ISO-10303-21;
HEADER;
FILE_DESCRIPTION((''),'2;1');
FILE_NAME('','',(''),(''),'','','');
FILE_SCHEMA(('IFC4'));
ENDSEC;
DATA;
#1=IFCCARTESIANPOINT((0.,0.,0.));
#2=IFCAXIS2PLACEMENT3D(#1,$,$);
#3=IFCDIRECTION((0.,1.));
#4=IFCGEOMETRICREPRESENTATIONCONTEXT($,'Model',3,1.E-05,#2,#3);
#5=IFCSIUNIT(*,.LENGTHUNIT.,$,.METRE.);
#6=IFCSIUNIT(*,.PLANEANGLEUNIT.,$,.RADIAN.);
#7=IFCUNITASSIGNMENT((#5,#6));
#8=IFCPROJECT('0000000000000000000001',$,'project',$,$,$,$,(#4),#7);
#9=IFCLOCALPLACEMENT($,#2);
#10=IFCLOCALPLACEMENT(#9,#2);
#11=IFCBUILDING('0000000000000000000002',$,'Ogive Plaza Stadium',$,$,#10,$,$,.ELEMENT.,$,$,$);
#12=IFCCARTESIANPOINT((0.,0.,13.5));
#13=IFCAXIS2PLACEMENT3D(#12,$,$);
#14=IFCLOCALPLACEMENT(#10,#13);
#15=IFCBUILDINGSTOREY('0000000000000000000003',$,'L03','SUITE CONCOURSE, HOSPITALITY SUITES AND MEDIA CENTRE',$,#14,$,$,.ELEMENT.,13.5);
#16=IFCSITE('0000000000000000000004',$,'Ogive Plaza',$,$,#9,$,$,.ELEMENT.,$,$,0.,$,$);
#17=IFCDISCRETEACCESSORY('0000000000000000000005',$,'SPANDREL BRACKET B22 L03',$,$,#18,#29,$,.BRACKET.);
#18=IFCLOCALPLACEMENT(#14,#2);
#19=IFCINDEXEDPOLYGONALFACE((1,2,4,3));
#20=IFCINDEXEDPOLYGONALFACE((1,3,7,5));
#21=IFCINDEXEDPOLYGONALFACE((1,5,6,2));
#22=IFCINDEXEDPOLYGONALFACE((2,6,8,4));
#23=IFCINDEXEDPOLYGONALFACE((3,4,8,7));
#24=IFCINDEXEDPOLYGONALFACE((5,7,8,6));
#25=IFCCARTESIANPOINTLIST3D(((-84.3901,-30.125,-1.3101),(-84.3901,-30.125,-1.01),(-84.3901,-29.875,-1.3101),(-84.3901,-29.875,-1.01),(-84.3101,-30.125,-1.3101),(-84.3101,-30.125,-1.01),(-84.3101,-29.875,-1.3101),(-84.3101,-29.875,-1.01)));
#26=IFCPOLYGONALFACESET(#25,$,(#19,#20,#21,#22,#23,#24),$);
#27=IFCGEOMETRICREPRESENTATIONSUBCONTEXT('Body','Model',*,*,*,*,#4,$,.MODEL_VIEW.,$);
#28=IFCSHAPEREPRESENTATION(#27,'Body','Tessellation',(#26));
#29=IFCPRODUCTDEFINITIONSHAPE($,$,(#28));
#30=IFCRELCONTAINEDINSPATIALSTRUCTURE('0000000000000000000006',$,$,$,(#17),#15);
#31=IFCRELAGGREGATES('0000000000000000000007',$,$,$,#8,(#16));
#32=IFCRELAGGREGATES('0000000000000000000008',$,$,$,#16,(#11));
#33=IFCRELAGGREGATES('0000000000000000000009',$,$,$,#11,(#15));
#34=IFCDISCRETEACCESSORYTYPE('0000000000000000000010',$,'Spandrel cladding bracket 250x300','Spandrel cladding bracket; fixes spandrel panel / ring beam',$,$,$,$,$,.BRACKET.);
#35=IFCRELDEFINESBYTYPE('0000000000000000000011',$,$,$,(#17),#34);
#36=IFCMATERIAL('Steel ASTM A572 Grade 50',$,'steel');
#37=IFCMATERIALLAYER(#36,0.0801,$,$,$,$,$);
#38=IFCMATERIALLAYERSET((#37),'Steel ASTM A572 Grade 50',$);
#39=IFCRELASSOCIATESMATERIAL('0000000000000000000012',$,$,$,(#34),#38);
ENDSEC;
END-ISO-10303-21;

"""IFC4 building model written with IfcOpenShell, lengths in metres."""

from ifc_helpers import new_model, si_unit, direction, frame, origin, origin_2d, place, context, subcontext, project, spatial, rectangle, extrude, material, layer, layer_set, type_object, element, save


model = new_model("IFC4")

# Units and contexts
model_context = context("Model", 3, precision=1e-05, world=origin(), true_north=direction((0.0, 1.0)))
body_context = subcontext(model_context, "Body", "Model", "MODEL_VIEW")
ifc_project = project(units=[si_unit("LENGTHUNIT", "METRE"), si_unit("PLANEANGLEUNIT", "RADIAN")], contexts=[model_context])

# Site, building, storey
site_placement = place(None, origin())
site = spatial("IfcSite", under=ifc_project, at=site_placement, Name="Ogive Plaza", CompositionType="ELEMENT", RefElevation=0.0)
building_placement = place(site_placement, origin())
building = spatial("IfcBuilding", under=site, at=building_placement, Name="Ogive Plaza Stadium", CompositionType="ELEMENT")
storey_placement = place(building_placement, frame((0.0, 0.0, 13.5)))
storey = spatial("IfcBuildingStorey", under=building, at=storey_placement, Name="L03", Description="SUITE CONCOURSE, HOSPITALITY SUITES AND MEDIA CENTRE", CompositionType="ELEMENT", Elevation=13.5)

# Discrete accessory
ifc_material_1 = material(Name="Steel ASTM A572 Grade 50", Category="steel")
ifc_layer_1 = layer(ifc_material_1, 0.0801)
ifc_layer_set_1 = layer_set([ifc_layer_1], Name="Steel ASTM A572 Grade 50")
discrete_accessory_type = type_object("IfcDiscreteAccessoryType", Name="Spandrel cladding bracket 250x300", Description="Spandrel cladding bracket; fixes spandrel panel / ring beam", PredefinedType="BRACKET", material=ifc_layer_set_1)
discrete_accessory_placement = place(storey_placement, frame((-84.3501, -30.0, -1.3101), z_axis=(0.0, 0.0, 1.0), x_axis=(0.0, 1.0, 0.0)))
element("IfcDiscreteAccessory", 1, at=discrete_accessory_placement, inside=storey, type_object=discrete_accessory_type, Name="SPANDREL BRACKET B22 L03", PredefinedType="BRACKET", context=body_context, shape_type="SweptSolid", body=[
    extrude(rectangle(XDim=0.25, YDim=0.0801, at=origin_2d()), origin(), (0.0, 0.0, 1.0), 0.3),
])

save(model, "model.ifc")
